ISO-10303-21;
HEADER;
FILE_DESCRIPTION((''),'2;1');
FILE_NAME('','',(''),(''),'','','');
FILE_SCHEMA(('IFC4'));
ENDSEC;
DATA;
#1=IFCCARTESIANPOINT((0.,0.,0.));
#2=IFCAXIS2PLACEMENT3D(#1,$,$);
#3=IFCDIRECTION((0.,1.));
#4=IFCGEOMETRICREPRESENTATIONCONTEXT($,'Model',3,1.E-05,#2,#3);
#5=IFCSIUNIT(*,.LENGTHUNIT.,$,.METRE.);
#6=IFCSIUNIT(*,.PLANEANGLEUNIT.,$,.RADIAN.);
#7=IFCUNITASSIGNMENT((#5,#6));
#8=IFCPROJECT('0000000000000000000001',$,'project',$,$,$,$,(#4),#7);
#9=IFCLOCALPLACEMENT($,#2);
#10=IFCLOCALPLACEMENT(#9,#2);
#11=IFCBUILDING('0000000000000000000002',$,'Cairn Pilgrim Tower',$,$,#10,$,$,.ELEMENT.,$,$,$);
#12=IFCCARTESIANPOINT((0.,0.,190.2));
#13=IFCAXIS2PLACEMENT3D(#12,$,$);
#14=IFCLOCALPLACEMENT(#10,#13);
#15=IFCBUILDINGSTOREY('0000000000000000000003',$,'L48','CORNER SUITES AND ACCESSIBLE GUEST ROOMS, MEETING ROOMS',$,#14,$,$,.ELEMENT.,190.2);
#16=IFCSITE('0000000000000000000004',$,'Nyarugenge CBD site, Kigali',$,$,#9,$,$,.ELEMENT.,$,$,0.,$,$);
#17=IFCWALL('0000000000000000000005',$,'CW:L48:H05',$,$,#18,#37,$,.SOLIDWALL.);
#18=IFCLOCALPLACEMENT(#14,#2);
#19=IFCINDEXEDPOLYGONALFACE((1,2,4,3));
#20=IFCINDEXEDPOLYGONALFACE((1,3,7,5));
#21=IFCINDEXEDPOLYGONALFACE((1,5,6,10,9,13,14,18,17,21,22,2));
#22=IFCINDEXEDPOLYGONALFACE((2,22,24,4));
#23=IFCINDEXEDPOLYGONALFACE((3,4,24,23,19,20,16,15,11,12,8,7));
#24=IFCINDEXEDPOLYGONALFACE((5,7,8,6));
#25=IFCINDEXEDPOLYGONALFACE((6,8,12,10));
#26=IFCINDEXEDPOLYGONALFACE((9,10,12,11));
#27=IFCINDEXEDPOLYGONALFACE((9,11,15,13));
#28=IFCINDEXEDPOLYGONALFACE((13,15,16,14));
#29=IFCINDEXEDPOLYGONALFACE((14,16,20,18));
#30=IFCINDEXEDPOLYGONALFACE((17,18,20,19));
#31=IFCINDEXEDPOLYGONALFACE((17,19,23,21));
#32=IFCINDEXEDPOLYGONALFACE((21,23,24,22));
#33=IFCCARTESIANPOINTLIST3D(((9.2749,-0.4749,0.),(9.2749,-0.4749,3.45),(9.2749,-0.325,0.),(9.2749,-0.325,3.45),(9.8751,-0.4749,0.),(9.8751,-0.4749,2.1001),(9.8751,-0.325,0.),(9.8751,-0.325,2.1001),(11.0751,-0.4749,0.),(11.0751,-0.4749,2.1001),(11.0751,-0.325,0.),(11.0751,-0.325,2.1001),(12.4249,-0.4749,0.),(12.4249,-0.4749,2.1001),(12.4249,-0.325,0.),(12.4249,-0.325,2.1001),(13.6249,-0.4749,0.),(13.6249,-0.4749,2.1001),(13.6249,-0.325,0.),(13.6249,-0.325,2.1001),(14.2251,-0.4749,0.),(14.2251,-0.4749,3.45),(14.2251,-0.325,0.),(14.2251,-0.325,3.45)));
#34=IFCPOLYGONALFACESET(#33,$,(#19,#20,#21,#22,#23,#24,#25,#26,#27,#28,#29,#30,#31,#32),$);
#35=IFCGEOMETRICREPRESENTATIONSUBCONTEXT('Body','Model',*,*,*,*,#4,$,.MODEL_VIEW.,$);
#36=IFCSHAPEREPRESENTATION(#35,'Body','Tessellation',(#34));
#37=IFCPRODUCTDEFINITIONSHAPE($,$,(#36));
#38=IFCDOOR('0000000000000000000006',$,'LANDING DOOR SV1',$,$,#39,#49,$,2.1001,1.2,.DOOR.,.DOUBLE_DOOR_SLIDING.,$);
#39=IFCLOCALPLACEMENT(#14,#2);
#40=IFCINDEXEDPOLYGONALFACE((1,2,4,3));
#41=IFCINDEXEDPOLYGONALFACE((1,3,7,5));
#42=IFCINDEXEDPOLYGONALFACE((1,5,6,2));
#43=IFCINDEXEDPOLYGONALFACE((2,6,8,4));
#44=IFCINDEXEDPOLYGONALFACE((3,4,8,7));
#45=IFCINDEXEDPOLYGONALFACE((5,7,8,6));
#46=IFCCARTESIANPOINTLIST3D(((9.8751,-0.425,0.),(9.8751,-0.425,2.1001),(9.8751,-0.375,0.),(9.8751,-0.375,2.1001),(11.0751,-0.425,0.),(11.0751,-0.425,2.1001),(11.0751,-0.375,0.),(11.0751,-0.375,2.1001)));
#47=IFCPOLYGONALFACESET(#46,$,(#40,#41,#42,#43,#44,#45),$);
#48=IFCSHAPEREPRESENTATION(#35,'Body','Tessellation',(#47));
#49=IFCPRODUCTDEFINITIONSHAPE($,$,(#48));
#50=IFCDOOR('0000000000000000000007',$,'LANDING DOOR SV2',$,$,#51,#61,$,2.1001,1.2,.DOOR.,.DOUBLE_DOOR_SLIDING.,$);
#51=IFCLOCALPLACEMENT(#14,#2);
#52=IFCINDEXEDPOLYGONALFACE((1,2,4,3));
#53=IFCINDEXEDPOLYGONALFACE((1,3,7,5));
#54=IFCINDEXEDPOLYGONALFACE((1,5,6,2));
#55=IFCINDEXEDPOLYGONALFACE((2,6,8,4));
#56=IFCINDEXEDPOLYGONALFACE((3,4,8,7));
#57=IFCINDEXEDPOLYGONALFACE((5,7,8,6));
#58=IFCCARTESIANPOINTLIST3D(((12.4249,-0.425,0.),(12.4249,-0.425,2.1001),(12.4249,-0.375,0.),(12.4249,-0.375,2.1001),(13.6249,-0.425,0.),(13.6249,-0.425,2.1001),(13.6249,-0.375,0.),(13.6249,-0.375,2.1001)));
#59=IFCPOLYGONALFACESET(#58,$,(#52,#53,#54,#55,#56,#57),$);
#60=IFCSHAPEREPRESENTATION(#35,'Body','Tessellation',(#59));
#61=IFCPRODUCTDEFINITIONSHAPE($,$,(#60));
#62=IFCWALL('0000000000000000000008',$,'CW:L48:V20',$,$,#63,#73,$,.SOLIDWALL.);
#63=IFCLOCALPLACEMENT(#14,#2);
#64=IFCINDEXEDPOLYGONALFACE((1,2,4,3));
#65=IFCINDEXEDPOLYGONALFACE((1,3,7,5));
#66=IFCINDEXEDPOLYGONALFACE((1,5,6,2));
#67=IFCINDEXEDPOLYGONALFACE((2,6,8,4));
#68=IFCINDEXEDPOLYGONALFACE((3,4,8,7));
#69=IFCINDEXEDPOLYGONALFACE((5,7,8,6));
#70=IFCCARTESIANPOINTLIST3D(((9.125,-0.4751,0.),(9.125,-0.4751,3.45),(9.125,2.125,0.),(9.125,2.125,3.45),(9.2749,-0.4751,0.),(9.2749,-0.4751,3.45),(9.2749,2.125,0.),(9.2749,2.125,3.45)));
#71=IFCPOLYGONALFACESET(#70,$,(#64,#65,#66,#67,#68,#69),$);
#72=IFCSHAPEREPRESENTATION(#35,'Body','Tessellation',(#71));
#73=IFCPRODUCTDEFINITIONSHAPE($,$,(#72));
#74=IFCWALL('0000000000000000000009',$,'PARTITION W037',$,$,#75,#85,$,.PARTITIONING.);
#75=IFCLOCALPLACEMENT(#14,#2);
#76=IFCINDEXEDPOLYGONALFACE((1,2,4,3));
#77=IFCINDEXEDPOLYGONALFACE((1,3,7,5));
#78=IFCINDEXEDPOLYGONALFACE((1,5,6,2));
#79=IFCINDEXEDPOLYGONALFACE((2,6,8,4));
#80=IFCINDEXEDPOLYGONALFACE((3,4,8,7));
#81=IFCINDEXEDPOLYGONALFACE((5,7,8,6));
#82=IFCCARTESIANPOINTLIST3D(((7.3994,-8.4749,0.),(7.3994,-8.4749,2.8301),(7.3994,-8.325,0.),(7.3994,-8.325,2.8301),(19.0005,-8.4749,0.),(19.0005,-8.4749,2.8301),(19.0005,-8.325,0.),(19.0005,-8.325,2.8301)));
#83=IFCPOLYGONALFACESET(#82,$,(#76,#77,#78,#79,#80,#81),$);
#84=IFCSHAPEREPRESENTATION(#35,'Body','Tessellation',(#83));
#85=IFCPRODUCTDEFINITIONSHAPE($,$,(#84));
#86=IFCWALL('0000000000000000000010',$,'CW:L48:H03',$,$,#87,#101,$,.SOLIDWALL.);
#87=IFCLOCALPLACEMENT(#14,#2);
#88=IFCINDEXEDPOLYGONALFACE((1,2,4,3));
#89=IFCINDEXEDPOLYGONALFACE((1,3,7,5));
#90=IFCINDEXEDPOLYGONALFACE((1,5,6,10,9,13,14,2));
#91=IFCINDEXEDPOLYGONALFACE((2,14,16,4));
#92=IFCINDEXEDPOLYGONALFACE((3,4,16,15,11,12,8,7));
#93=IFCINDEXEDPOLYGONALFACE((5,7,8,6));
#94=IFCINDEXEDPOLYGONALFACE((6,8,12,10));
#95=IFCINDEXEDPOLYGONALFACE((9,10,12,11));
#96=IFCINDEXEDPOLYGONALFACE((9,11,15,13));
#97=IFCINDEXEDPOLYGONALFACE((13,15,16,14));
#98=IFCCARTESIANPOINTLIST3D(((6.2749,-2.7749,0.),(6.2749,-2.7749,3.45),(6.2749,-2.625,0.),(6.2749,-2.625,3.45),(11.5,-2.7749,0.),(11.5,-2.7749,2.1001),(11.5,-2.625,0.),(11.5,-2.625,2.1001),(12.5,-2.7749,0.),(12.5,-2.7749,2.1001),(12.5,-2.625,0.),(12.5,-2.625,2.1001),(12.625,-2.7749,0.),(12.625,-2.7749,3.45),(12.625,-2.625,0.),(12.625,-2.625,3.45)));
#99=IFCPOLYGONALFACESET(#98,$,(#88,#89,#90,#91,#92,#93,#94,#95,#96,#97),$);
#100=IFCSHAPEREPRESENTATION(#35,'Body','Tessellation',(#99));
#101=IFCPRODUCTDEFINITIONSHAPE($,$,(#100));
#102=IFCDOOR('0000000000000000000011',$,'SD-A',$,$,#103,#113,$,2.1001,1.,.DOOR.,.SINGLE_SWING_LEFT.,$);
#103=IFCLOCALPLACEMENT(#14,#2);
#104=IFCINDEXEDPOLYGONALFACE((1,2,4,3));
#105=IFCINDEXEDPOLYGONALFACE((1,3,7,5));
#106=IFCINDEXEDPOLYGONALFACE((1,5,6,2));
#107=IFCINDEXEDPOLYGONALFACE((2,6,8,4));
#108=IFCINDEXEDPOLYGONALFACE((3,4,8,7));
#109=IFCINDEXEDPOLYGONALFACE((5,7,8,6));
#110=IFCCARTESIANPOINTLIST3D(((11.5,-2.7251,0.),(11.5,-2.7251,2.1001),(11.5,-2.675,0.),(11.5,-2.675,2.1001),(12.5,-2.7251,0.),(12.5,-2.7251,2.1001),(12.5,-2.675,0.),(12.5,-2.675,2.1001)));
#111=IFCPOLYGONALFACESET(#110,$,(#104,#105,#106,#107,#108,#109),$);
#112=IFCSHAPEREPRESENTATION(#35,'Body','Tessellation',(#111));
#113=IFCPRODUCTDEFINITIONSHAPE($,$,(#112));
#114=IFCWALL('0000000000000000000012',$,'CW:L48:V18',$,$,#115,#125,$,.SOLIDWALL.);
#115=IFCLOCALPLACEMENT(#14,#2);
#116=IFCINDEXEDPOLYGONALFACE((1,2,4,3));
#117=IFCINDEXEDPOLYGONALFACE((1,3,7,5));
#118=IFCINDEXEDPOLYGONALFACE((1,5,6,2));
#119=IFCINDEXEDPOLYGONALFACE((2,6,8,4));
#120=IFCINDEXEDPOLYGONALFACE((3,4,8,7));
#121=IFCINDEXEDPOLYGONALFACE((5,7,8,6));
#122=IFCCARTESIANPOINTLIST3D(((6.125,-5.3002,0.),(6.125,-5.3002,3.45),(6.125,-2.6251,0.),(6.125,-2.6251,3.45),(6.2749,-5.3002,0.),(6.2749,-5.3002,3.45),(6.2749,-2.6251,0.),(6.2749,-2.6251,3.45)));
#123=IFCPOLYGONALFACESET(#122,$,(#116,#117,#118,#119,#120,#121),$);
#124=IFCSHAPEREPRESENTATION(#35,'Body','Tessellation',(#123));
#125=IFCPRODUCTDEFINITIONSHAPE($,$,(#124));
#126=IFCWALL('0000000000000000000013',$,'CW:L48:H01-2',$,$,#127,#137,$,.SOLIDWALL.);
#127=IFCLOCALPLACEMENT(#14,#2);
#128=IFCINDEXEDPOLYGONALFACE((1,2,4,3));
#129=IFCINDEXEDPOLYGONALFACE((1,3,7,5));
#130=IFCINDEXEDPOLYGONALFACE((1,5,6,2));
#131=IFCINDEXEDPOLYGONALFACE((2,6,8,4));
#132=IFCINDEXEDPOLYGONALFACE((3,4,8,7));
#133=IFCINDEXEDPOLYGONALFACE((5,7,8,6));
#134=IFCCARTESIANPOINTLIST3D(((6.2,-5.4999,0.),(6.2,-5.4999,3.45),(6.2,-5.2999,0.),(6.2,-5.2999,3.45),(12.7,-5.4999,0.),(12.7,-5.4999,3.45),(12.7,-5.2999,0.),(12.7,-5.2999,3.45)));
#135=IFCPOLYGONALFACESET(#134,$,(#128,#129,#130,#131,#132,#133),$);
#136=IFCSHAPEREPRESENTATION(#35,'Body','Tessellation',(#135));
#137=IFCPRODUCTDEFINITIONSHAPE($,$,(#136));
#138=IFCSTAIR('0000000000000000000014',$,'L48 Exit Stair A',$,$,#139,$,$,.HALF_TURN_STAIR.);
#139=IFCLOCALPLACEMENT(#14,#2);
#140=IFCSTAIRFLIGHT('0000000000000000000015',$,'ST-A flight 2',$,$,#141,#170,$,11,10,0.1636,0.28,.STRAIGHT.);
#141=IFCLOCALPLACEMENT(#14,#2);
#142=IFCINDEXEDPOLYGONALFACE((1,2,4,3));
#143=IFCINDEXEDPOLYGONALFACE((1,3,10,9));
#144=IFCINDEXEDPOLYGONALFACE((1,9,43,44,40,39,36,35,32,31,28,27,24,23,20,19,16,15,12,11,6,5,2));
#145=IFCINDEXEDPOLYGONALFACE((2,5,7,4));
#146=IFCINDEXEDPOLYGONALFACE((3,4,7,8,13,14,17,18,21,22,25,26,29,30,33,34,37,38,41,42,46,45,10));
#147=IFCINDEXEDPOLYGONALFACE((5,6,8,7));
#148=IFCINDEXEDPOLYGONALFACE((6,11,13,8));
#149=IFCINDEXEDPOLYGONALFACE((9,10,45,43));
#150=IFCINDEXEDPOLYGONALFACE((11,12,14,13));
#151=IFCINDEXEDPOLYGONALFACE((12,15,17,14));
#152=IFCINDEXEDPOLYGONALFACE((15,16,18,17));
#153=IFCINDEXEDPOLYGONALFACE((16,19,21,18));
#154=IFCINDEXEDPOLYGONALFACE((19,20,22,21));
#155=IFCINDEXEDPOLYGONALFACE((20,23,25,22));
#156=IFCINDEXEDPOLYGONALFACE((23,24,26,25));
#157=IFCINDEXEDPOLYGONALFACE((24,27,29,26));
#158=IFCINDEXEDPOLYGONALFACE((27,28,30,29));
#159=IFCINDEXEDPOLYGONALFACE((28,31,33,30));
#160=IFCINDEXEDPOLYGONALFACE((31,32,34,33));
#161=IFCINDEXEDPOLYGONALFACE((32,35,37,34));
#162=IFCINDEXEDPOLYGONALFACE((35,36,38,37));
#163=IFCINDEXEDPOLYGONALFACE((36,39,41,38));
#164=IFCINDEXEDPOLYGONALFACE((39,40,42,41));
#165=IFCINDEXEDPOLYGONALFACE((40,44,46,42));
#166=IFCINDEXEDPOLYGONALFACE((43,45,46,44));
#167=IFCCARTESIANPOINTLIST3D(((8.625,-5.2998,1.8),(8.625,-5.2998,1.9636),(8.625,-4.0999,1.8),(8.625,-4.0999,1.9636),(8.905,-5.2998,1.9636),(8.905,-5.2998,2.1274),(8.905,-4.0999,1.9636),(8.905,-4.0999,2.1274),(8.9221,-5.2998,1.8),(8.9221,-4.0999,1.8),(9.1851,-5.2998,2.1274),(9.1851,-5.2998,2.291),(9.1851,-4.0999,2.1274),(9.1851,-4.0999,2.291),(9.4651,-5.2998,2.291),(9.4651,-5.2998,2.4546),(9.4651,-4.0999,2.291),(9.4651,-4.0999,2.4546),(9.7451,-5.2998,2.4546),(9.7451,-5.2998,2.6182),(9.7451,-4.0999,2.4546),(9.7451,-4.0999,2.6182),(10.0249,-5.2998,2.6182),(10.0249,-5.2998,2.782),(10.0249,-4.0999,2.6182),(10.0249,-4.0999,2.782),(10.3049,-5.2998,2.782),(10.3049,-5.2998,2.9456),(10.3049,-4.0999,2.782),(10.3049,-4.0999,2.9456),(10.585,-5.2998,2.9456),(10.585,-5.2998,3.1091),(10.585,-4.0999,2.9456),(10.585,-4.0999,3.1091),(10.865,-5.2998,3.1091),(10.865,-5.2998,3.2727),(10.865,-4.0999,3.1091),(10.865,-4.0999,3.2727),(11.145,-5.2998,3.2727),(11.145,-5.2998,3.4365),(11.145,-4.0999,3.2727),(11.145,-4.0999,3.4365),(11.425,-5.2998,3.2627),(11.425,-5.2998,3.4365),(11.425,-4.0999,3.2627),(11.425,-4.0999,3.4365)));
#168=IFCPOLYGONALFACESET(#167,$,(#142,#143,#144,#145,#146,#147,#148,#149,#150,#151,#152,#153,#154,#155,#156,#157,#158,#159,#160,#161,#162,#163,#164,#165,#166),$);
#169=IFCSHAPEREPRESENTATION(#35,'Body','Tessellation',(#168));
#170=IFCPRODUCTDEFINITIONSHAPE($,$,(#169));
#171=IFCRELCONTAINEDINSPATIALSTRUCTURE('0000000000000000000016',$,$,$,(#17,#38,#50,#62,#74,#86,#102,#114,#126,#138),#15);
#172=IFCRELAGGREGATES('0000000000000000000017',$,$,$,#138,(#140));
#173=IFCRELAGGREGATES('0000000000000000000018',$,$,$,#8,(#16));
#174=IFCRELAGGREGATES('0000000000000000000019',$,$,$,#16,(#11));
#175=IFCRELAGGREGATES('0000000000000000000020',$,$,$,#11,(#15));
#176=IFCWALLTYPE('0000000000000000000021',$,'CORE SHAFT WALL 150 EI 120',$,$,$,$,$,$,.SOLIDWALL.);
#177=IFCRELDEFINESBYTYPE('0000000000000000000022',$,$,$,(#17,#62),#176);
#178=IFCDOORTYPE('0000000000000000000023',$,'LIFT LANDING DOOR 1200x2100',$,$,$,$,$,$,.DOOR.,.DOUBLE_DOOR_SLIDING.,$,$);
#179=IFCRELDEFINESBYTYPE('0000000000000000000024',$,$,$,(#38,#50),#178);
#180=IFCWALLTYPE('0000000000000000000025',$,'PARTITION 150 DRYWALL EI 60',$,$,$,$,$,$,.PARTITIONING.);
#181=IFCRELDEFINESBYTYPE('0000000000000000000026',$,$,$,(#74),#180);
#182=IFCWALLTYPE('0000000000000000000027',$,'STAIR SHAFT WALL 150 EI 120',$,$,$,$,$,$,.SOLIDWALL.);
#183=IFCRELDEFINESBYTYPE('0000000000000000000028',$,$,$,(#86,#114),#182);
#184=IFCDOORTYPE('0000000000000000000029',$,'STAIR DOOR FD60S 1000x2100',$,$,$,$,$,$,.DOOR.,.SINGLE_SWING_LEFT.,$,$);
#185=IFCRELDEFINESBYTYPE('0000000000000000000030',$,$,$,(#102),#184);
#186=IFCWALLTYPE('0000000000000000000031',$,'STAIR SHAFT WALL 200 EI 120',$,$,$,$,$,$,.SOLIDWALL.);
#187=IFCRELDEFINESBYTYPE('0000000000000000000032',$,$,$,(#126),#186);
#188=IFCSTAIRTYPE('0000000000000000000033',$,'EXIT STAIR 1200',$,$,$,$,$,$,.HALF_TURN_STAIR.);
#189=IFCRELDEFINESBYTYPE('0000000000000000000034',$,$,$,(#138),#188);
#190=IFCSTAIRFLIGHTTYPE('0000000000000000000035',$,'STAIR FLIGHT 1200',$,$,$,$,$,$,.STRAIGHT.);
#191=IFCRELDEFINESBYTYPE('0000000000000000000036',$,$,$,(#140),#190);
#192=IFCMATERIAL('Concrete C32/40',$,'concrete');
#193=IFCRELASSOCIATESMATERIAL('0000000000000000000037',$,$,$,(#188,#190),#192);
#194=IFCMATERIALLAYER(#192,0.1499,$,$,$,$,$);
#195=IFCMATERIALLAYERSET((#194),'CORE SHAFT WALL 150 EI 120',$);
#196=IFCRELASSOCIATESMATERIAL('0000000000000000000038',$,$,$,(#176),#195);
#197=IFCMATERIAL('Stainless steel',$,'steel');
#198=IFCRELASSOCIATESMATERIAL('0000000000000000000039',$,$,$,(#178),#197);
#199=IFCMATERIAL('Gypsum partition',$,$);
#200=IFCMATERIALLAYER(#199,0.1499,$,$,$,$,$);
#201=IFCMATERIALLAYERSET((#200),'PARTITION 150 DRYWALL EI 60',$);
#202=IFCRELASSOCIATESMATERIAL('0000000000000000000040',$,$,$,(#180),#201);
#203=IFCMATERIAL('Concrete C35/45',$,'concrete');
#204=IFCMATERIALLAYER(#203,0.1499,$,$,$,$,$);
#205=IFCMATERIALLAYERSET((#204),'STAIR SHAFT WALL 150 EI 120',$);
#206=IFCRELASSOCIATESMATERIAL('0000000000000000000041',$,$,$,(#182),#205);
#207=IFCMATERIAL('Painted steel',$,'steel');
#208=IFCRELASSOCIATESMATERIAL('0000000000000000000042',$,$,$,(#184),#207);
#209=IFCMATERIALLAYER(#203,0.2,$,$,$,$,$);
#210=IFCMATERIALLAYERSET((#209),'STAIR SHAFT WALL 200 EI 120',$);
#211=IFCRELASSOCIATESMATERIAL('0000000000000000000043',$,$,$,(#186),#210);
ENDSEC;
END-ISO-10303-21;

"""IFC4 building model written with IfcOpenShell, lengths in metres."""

from ifc_helpers import new_model, si_unit, direction, frame, frame_2d, origin, place, context, subcontext, project, spatial, polyline, rectangle, outline, extrude, material, layer, layer_set, type_object, element, fill, aggregate, save


model = new_model("IFC4")

# Units and contexts
model_context = context("Model", 3, precision=1e-05, world=origin(), true_north=direction((0.0, 1.0)))
body_context = subcontext(model_context, "Body", "Model", "MODEL_VIEW")
ifc_project = project(units=[si_unit("LENGTHUNIT", "METRE"), si_unit("PLANEANGLEUNIT", "RADIAN")], contexts=[model_context])

# Site, building, storey
site_placement = place(None, origin())
site = spatial("IfcSite", under=ifc_project, at=site_placement, Name="Nyarugenge CBD site, Kigali", CompositionType="ELEMENT", RefElevation=0.0)
building_placement = place(site_placement, origin())
building = spatial("IfcBuilding", under=site, at=building_placement, Name="Cairn Pilgrim Tower", CompositionType="ELEMENT")
storey_placement = place(building_placement, frame((0.0, 0.0, 190.2)))
storey = spatial("IfcBuildingStorey", under=building, at=storey_placement, Name="L48", Description="CORNER SUITES AND ACCESSIBLE GUEST ROOMS, MEETING ROOMS", CompositionType="ELEMENT", Elevation=190.2)

# Shared definitions
ifc_material_1 = material(Name="Concrete C32/40", Category="concrete")
stair_type = type_object("IfcStairType", Name="EXIT STAIR 1200", PredefinedType="HALF_TURN_STAIR", material=ifc_material_1)

# Wall, openings, doors
ifc_layer_1 = layer(ifc_material_1, 0.1499)
ifc_layer_set_1 = layer_set([ifc_layer_1], Name="CORE SHAFT WALL 150 EI 120")
wall_type_1 = type_object("IfcWallType", Name="CORE SHAFT WALL 150 EI 120", PredefinedType="SOLIDWALL", material=ifc_layer_set_1)
wall_1_placement = place(storey_placement, frame((9.2749, -0.3999, 0.0), z_axis=(0.0, 0.0, 1.0), x_axis=(1.0, 0.0, 0.0)))
wall_1 = element("IfcWall", 1, at=wall_1_placement, inside=storey, type_object=wall_type_1, Name="CW:L48:H05", PredefinedType="SOLIDWALL", context=body_context, shape_type="SweptSolid", body=[
    extrude(rectangle(XDim=4.9502, YDim=0.1499, at=frame_2d((2.4751, 0.0))), origin(), (0.0, 0.0, 1.0), 3.45),
])
opening_1_placement = place(wall_1_placement, frame((0.6001, 0.0, 0.0)))
opening_1 = element("IfcOpeningElement", 2, at=opening_1_placement, cuts=wall_1, PredefinedType="OPENING", context=body_context, shape_type="SweptSolid", body=[
    extrude(rectangle(XDim=1.2, YDim=2.1001, at=frame_2d((0.6001, 1.05))), frame((0.0, 0.085, 0.0), z_axis=(0.0, -1.0, 0.0), x_axis=(1.0, 0.0, 0.0)), (0.0, 0.0, 1.0), 0.1699),
])
opening_2_placement = place(wall_1_placement, frame((3.1499, 0.0, 0.0)))
opening_2 = element("IfcOpeningElement", 3, at=opening_2_placement, cuts=wall_1, PredefinedType="OPENING", context=body_context, shape_type="SweptSolid", body=[
    extrude(rectangle(XDim=1.2, YDim=2.1001, at=frame_2d((0.6001, 1.05))), frame((0.0, 0.085, 0.0), z_axis=(0.0, -1.0, 0.0), x_axis=(1.0, 0.0, 0.0)), (0.0, 0.0, 1.0), 0.1699),
])
ifc_material_2 = material(Name="Stainless steel", Category="steel")
door_type_1 = type_object("IfcDoorType", Name="LIFT LANDING DOOR 1200x2100", OperationType="DOUBLE_DOOR_SLIDING", PredefinedType="DOOR", material=ifc_material_2)
door_1_placement = place(opening_1_placement, origin())
door_1 = element("IfcDoor", 4, at=door_1_placement, inside=storey, type_object=door_type_1, Name="LANDING DOOR SV1", OperationType="DOUBLE_DOOR_SLIDING", OverallHeight=2.1001, OverallWidth=1.2, PredefinedType="DOOR", context=body_context, shape_type="SweptSolid", body=[
    extrude(rectangle(XDim=1.2, YDim=2.1001, at=frame_2d((0.6001, 1.05))), frame((0.0, 0.0249, 0.0), z_axis=(0.0, -1.0, 0.0), x_axis=(1.0, 0.0, 0.0)), (0.0, 0.0, 1.0), 0.05),
])
fill(opening_1, door_1)
door_2_placement = place(opening_2_placement, origin())
door_2 = element("IfcDoor", 5, at=door_2_placement, inside=storey, type_object=door_type_1, Name="LANDING DOOR SV2", OperationType="DOUBLE_DOOR_SLIDING", OverallHeight=2.1001, OverallWidth=1.2, PredefinedType="DOOR", context=body_context, shape_type="SweptSolid", body=[
    extrude(rectangle(XDim=1.2, YDim=2.1001, at=frame_2d((0.6001, 1.05))), frame((0.0, 0.0249, 0.0), z_axis=(0.0, -1.0, 0.0), x_axis=(1.0, 0.0, 0.0)), (0.0, 0.0, 1.0), 0.05),
])
fill(opening_2, door_2)

# Walls
wall_2_placement = place(storey_placement, frame((9.2, -0.4751, 0.0), z_axis=(0.0, 0.0, 1.0), x_axis=(0.0, 1.0, 0.0)))
element("IfcWall", 6, at=wall_2_placement, inside=storey, type_object=wall_type_1, Name="CW:L48:V20", PredefinedType="SOLIDWALL", context=body_context, shape_type="SweptSolid", body=[
    extrude(rectangle(XDim=2.6001, YDim=0.1499, at=frame_2d((1.3, 0.0))), origin(), (0.0, 0.0, 1.0), 3.45),
])
ifc_material_3 = material(Name="Gypsum partition")
ifc_layer_2 = layer(ifc_material_3, 0.1499)
ifc_layer_set_2 = layer_set([ifc_layer_2], Name="PARTITION 150 DRYWALL EI 60")
wall_type_2 = type_object("IfcWallType", Name="PARTITION 150 DRYWALL EI 60", PredefinedType="PARTITIONING", material=ifc_layer_set_2)
wall_3_placement = place(storey_placement, frame((7.3994, -8.3999, 0.0), z_axis=(0.0, 0.0, 1.0), x_axis=(1.0, 0.0, 0.0)))
element("IfcWall", 7, at=wall_3_placement, inside=storey, type_object=wall_type_2, Name="PARTITION W037", PredefinedType="PARTITIONING", context=body_context, shape_type="SweptSolid", body=[
    extrude(rectangle(XDim=11.6011, YDim=0.1499, at=frame_2d((5.8005, 0.0))), origin(), (0.0, 0.0, 1.0), 2.8301),
])

# Wall, opening, door
ifc_material_4 = material(Name="Concrete C35/45", Category="concrete")
ifc_layer_3 = layer(ifc_material_4, 0.1499)
ifc_layer_set_3 = layer_set([ifc_layer_3], Name="STAIR SHAFT WALL 150 EI 120")
wall_type_3 = type_object("IfcWallType", Name="STAIR SHAFT WALL 150 EI 120", PredefinedType="SOLIDWALL", material=ifc_layer_set_3)
wall_4_placement = place(storey_placement, frame((6.2749, -2.7, 0.0), z_axis=(0.0, 0.0, 1.0), x_axis=(1.0, 0.0, 0.0)))
wall_4 = element("IfcWall", 8, at=wall_4_placement, inside=storey, type_object=wall_type_3, Name="CW:L48:H03", PredefinedType="SOLIDWALL", context=body_context, shape_type="SweptSolid", body=[
    extrude(rectangle(XDim=6.3501, YDim=0.1499, at=frame_2d((3.175, 0.0))), origin(), (0.0, 0.0, 1.0), 3.45),
])
opening_3_placement = place(wall_4_placement, frame((5.2251, 0.0, 0.0)))
opening_3 = element("IfcOpeningElement", 9, at=opening_3_placement, cuts=wall_4, PredefinedType="OPENING", context=body_context, shape_type="SweptSolid", body=[
    extrude(rectangle(XDim=1.0, YDim=2.1001, at=frame_2d((0.5, 1.05))), frame((0.0, 0.085, 0.0), z_axis=(0.0, -1.0, 0.0), x_axis=(1.0, 0.0, 0.0)), (0.0, 0.0, 1.0), 0.1699),
])
ifc_material_5 = material(Name="Painted steel", Category="steel")
door_type_2 = type_object("IfcDoorType", Name="STAIR DOOR FD60S 1000x2100", OperationType="SINGLE_SWING_LEFT", PredefinedType="DOOR", material=ifc_material_5)
door_3_placement = place(opening_3_placement, origin())
door_3 = element("IfcDoor", 10, at=door_3_placement, inside=storey, type_object=door_type_2, Name="SD-A", OperationType="SINGLE_SWING_LEFT", OverallHeight=2.1001, OverallWidth=1.0, PredefinedType="DOOR", context=body_context, shape_type="SweptSolid", body=[
    extrude(rectangle(XDim=1.0, YDim=2.1001, at=frame_2d((0.5, 1.05))), frame((0.0, 0.0249, 0.0), z_axis=(0.0, -1.0, 0.0), x_axis=(1.0, 0.0, 0.0)), (0.0, 0.0, 1.0), 0.05),
])
fill(opening_3, door_3)

# Walls
wall_5_placement = place(storey_placement, frame((6.2, -5.3, 0.0), z_axis=(0.0, 0.0, 1.0), x_axis=(0.0, 1.0, 0.0)))
element("IfcWall", 11, at=wall_5_placement, inside=storey, type_object=wall_type_3, Name="CW:L48:V18", PredefinedType="SOLIDWALL", context=body_context, shape_type="SweptSolid", body=[
    extrude(rectangle(XDim=2.675, YDim=0.1499, at=frame_2d((1.3374, 0.0))), origin(), (0.0, 0.0, 1.0), 3.45),
])
ifc_layer_4 = layer(ifc_material_4, 0.2)
ifc_layer_set_4 = layer_set([ifc_layer_4], Name="STAIR SHAFT WALL 200 EI 120")
wall_type_4 = type_object("IfcWallType", Name="STAIR SHAFT WALL 200 EI 120", PredefinedType="SOLIDWALL", material=ifc_layer_set_4)
wall_6_placement = place(storey_placement, frame((6.2, -5.3999, 0.0), z_axis=(0.0, 0.0, 1.0), x_axis=(1.0, 0.0, 0.0)))
element("IfcWall", 12, at=wall_6_placement, inside=storey, type_object=wall_type_4, Name="CW:L48:H01-2", PredefinedType="SOLIDWALL", context=body_context, shape_type="SweptSolid", body=[
    extrude(rectangle(XDim=6.5, YDim=0.2, at=frame_2d((3.25, 0.0))), origin(), (0.0, 0.0, 1.0), 3.45),
])

# Stair, stair flight
stair_1_placement = place(storey_placement, origin())
stair_1 = element("IfcStair", 13, at=stair_1_placement, inside=storey, type_object=stair_type, Name="L48 Exit Stair A", PredefinedType="HALF_TURN_STAIR")
stair_flight_type = type_object("IfcStairFlightType", Name="STAIR FLIGHT 1200", PredefinedType="STRAIGHT", material=ifc_material_1)
stair_flight_placement = place(storey_placement, frame((8.625, -4.7, 1.8), z_axis=(0.0, 0.0, 1.0), x_axis=(1.0, 0.0, 0.0)))
stair_flight = element("IfcStairFlight", 14, at=stair_flight_placement, type_object=stair_flight_type, Name="ST-A flight 2", NumberOfRisers=11, NumberOfTreads=10, PredefinedType="STRAIGHT", RiserHeight=0.1636, TreadLength=0.28, context=body_context, shape_type="SweptSolid", body=[
    extrude(outline(polyline([(0.0, 0.0), (0.0, 0.1636), (0.28, 0.1636), (0.28, 0.3274), (0.5601, 0.3274), (0.5601, 0.491), (0.8401, 0.491), (0.8401, 0.6545), (1.1201, 0.6545), (1.1201, 0.8181), (1.3999, 0.8181), (1.3999, 0.9819), (1.6799, 0.9819), (1.6799, 1.1455), (1.96, 1.1455), (1.96, 1.3091), (2.24, 1.3091), (2.24, 1.4727), (2.52, 1.4727), (2.52, 1.6365), (2.8, 1.6365), (2.8, 1.8), (2.8, 1.4626), (0.2971, 0.0), (0.0, 0.0)])), frame((0.0, 0.6001, 0.0), z_axis=(0.0, -1.0, 0.0), x_axis=(1.0, 0.0, 0.0)), (0.0, 0.0, 1.0), 1.2),
])
aggregate(stair_1, [stair_flight])

save(model, "model.ifc")
